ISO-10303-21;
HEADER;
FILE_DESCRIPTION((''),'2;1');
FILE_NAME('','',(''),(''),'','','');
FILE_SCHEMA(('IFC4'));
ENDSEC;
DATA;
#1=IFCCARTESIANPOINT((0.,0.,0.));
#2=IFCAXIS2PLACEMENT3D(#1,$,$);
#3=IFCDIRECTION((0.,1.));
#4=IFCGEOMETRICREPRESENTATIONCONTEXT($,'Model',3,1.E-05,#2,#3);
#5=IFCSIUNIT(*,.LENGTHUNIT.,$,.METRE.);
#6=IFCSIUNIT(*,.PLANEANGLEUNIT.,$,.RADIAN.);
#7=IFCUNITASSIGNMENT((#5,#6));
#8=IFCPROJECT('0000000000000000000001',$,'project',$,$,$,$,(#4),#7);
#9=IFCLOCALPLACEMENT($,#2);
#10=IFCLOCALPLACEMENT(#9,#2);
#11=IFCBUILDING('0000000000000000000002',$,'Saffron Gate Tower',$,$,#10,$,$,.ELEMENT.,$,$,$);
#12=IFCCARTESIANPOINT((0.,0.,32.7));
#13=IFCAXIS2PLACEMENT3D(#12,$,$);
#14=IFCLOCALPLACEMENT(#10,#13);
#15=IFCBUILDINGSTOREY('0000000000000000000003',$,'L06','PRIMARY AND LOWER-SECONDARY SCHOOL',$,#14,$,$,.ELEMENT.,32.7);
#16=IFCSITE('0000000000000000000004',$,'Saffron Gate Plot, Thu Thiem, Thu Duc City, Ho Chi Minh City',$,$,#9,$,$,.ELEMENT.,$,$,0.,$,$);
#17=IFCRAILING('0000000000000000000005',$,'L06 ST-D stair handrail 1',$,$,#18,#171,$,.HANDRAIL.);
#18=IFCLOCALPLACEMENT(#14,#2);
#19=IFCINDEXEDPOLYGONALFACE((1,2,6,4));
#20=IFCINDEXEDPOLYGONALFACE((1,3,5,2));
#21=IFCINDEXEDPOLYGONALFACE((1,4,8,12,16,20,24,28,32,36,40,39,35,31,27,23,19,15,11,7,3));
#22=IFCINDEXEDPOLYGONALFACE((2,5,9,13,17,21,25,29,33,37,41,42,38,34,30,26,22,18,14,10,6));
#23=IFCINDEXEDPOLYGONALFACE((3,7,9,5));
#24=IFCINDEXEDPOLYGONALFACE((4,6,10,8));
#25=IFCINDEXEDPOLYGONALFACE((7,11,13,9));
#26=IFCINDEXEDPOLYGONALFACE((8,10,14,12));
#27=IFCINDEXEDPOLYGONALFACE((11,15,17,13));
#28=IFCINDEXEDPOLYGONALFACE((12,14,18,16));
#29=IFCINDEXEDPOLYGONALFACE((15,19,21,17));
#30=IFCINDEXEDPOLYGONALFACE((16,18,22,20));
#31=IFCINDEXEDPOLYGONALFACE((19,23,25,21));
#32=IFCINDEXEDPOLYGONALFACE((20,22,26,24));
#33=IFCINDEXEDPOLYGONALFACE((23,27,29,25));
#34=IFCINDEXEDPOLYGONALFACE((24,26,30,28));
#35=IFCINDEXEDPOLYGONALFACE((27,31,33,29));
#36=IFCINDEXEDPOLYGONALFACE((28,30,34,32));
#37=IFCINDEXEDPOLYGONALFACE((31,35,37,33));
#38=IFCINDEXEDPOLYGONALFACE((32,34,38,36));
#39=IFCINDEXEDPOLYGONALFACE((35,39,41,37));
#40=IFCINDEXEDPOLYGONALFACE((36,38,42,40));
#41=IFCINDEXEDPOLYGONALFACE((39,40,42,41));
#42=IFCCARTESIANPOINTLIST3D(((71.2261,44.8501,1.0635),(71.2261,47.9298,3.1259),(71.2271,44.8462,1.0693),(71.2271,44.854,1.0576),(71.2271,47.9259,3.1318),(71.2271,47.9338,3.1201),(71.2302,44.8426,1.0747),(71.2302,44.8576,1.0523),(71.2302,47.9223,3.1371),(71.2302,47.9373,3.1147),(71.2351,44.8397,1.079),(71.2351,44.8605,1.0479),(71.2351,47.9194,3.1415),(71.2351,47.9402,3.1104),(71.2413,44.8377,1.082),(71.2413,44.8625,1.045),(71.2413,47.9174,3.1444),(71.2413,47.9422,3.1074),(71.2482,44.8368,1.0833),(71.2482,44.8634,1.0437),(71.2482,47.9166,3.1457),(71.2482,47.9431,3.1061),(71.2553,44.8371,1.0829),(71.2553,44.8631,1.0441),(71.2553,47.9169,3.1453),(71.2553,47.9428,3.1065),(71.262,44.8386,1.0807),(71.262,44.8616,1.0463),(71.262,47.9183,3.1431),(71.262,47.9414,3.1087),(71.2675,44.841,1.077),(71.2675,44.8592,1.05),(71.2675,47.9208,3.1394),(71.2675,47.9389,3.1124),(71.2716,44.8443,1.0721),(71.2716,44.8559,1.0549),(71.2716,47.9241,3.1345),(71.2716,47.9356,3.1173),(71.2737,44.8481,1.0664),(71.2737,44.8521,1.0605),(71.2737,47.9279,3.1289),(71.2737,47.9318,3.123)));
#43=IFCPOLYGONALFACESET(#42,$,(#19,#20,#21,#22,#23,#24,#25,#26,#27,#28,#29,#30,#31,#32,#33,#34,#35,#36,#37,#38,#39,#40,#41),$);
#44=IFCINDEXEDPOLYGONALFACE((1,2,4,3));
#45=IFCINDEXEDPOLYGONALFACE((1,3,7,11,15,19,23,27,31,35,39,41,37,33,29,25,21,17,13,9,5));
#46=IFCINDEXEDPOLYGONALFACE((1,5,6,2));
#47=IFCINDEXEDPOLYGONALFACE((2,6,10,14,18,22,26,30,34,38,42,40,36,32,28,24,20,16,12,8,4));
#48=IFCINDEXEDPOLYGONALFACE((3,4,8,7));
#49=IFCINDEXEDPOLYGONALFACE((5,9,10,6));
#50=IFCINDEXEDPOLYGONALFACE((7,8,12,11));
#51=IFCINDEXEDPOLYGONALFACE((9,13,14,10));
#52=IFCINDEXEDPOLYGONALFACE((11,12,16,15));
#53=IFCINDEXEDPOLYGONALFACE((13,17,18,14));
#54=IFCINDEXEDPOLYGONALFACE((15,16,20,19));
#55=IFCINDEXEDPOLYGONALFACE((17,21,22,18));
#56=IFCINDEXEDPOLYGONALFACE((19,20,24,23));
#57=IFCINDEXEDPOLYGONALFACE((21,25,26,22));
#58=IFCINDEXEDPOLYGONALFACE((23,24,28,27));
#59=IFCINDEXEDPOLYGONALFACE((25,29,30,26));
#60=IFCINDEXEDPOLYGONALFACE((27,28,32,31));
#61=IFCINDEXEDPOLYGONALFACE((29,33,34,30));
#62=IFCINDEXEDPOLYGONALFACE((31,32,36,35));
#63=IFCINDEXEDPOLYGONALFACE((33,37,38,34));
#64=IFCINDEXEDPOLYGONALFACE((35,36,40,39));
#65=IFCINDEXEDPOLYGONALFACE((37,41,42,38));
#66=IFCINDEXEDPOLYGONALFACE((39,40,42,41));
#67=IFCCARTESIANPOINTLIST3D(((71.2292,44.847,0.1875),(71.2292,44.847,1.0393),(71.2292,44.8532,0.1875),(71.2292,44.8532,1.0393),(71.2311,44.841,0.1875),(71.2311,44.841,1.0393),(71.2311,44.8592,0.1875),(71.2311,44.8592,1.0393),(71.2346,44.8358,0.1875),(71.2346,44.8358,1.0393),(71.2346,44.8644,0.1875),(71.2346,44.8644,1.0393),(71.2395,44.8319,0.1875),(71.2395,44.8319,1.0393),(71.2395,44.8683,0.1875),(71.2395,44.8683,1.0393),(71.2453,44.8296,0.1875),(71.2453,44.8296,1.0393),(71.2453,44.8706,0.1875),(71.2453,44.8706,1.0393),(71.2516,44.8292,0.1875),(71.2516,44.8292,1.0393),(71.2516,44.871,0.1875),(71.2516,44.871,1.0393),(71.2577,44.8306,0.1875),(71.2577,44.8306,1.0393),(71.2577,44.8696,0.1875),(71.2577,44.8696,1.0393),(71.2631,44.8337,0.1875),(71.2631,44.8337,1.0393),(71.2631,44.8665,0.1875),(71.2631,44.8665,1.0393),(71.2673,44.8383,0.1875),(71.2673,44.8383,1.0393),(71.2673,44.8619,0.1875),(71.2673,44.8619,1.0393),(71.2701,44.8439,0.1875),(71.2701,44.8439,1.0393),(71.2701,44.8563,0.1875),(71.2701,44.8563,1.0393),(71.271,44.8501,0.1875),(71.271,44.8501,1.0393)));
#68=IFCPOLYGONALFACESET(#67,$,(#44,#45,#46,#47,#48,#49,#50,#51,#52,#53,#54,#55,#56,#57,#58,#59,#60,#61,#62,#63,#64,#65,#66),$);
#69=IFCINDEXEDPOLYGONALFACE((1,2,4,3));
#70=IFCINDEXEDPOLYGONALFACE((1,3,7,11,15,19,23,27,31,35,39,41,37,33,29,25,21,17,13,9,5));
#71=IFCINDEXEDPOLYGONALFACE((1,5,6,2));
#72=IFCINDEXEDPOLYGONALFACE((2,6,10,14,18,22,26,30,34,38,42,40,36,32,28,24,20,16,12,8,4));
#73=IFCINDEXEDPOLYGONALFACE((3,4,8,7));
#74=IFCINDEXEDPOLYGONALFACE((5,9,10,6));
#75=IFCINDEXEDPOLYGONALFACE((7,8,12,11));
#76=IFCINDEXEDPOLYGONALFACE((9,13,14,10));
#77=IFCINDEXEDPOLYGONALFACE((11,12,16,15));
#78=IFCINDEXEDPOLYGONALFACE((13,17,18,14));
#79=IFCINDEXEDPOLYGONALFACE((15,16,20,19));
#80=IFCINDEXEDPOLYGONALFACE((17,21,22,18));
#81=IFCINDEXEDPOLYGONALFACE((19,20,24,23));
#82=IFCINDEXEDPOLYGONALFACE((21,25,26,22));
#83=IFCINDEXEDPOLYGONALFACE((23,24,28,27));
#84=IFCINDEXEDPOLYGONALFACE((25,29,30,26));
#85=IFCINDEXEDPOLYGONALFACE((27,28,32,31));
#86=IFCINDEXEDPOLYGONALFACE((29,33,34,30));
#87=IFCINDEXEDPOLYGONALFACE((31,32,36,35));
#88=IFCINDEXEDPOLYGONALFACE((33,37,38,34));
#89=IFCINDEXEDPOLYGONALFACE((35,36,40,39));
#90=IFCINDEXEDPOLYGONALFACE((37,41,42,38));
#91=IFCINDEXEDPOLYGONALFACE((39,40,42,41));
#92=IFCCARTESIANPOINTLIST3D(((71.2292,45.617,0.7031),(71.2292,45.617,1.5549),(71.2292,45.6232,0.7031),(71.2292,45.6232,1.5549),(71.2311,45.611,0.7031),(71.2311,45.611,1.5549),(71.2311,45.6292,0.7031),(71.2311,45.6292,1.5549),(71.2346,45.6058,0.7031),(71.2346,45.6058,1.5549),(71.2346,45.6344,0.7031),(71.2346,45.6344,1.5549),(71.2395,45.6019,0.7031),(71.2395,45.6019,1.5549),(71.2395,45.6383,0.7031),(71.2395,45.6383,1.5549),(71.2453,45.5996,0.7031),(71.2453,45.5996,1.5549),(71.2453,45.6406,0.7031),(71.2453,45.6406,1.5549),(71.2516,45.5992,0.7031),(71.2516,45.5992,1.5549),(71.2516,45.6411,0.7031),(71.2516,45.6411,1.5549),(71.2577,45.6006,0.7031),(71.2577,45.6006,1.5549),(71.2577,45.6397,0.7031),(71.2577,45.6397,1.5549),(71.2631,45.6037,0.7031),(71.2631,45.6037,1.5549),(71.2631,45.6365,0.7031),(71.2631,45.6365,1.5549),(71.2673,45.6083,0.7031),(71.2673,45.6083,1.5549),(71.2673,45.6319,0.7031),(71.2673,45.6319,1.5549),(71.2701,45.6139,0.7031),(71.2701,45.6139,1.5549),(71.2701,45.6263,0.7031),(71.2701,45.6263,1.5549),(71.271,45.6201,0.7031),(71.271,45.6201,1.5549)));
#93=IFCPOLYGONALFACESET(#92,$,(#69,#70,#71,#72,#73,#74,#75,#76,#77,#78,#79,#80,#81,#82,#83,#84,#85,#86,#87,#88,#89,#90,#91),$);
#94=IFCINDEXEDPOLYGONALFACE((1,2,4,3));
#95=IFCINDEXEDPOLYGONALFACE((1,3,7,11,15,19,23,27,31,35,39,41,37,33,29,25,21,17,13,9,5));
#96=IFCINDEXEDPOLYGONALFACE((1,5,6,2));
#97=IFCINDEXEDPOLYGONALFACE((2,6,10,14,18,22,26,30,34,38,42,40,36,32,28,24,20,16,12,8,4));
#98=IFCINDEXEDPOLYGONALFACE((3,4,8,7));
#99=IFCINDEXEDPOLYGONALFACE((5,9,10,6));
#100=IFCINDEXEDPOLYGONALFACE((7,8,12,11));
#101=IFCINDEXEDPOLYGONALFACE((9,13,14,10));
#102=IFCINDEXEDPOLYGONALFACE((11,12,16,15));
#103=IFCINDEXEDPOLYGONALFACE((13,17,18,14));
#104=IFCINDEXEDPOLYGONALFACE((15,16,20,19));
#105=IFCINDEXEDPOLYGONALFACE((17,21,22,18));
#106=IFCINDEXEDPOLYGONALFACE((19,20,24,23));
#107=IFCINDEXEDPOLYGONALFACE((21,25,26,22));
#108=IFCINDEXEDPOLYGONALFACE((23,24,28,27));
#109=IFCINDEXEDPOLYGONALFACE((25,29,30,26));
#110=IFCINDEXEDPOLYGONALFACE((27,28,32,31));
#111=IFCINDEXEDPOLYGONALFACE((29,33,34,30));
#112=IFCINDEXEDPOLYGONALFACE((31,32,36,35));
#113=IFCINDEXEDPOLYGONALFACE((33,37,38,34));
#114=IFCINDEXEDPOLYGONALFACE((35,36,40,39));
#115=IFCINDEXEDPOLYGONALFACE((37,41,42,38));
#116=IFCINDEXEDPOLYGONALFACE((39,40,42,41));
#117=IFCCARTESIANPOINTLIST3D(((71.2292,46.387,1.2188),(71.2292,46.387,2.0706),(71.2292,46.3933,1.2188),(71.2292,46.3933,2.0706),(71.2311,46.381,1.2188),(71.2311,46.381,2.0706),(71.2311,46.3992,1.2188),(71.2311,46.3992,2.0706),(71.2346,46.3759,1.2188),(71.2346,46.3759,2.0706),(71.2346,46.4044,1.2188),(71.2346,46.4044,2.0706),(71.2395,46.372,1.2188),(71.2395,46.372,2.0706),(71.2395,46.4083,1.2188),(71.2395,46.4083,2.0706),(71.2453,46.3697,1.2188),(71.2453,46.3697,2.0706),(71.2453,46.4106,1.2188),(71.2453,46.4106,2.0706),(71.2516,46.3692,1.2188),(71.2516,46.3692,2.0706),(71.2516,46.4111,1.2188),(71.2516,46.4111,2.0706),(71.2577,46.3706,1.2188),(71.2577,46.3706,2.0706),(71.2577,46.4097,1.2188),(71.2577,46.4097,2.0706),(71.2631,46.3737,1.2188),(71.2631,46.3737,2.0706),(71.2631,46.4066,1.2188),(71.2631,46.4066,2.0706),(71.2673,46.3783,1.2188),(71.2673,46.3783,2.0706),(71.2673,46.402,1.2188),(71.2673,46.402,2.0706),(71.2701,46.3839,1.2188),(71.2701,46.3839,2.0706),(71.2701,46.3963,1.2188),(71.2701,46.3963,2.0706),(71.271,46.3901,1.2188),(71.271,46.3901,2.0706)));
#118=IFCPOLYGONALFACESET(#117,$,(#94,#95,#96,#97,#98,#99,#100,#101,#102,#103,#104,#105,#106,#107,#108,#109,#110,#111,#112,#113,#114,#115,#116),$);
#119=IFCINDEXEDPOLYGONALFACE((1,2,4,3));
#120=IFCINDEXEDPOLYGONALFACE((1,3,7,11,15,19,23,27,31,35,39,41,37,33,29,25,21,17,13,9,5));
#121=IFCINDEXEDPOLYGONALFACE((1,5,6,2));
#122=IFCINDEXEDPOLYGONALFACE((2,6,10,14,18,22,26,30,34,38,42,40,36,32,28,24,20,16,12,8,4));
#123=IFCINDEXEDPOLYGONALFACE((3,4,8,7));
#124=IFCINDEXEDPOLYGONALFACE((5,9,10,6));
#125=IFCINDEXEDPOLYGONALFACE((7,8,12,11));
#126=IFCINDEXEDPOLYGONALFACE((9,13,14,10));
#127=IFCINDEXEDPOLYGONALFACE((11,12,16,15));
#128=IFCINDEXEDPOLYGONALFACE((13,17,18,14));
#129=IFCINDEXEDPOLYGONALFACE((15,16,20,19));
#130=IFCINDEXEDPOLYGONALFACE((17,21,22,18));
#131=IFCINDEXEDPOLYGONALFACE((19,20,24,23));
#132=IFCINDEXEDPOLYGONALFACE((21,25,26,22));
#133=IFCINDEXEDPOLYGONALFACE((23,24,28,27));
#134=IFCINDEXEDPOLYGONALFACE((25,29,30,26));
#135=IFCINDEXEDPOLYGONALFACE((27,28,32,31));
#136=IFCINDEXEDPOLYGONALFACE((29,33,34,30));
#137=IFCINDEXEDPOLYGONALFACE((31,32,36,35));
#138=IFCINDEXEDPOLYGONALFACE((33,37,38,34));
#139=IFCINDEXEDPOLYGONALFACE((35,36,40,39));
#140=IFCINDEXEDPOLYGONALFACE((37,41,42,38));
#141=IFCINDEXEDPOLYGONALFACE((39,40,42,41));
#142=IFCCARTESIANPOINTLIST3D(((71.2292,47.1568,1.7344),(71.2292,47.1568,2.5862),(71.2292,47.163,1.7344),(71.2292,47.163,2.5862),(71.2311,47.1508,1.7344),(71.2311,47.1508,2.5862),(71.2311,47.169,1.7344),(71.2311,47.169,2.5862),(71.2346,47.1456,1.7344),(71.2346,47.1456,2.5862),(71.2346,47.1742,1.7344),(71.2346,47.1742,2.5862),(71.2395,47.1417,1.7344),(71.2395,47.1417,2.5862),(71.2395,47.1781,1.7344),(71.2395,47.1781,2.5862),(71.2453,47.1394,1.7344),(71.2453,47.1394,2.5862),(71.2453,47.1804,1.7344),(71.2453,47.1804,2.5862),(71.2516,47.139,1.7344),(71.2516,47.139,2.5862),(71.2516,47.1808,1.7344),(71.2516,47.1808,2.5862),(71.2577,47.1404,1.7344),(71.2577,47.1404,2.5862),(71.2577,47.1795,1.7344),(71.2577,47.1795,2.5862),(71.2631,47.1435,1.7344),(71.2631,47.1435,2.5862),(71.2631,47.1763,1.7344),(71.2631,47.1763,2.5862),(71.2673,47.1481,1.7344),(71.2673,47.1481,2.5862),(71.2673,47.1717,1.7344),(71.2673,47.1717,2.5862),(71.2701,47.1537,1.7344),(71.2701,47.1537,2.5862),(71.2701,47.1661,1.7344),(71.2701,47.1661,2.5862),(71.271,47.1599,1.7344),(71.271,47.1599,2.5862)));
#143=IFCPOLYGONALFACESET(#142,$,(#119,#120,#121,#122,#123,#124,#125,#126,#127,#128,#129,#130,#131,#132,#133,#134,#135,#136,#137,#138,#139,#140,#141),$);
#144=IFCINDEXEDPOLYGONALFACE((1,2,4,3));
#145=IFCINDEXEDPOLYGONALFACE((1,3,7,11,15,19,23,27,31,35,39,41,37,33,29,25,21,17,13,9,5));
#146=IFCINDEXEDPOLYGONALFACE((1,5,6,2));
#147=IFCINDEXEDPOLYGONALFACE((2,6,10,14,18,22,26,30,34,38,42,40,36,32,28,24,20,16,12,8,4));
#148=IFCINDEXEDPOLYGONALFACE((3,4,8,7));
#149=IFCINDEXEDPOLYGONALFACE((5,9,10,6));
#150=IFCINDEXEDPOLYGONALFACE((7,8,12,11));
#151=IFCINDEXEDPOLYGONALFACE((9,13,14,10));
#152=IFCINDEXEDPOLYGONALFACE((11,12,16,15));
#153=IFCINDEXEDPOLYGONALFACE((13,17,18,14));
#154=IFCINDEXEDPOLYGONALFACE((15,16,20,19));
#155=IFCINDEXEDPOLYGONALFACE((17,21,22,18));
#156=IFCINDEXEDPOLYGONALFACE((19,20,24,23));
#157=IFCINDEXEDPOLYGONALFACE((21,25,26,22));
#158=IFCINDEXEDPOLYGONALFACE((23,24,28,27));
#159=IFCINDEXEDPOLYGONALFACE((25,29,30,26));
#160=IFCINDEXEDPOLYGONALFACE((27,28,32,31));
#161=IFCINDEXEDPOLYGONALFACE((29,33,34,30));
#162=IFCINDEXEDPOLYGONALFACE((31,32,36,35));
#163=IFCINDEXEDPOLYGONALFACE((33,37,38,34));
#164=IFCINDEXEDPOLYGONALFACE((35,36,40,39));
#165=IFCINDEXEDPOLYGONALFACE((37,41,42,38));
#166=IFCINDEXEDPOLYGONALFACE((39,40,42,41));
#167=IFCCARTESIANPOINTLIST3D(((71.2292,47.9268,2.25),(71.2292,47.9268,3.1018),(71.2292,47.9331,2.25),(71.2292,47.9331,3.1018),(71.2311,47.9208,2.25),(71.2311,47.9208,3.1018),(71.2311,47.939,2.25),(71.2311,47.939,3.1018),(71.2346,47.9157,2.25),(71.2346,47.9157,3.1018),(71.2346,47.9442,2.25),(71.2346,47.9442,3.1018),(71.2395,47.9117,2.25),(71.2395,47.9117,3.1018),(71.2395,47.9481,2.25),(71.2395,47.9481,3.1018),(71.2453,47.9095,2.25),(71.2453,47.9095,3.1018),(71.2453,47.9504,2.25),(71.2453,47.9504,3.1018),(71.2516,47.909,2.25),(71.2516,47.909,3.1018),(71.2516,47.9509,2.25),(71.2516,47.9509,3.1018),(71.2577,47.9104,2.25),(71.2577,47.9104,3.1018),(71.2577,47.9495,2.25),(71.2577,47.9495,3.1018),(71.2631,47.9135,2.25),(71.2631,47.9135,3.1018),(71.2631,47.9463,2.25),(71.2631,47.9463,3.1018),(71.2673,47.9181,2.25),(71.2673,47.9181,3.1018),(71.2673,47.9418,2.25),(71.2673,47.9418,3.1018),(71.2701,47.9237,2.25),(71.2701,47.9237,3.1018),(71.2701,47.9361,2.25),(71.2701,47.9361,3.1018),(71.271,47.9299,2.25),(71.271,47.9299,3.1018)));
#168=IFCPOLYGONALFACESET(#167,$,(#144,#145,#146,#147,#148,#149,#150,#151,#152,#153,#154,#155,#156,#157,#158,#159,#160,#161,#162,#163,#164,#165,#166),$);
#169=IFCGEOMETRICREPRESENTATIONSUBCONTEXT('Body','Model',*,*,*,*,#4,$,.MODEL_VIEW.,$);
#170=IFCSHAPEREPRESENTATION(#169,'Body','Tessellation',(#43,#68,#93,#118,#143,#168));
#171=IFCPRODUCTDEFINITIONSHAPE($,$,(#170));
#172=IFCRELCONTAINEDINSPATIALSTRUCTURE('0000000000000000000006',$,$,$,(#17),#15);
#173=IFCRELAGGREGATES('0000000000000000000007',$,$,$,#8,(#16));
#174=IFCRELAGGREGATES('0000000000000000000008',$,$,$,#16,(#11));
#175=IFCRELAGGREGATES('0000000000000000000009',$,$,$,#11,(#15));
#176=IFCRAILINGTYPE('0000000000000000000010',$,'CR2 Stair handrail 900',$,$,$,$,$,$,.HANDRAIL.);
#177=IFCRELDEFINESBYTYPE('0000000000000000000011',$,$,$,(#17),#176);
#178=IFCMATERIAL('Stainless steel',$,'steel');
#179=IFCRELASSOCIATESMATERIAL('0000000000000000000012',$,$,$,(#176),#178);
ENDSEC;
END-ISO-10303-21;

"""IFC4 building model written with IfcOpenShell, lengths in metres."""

from ifc_helpers import new_model, si_unit, direction, frame, origin, origin_2d, place, context, subcontext, project, spatial, circle, extrude, material, type_object, element, save


model = new_model("IFC4")

# Units and contexts
model_context = context("Model", 3, precision=1e-05, world=origin(), true_north=direction((0.0, 1.0)))
body_context = subcontext(model_context, "Body", "Model", "MODEL_VIEW")
ifc_project = project(units=[si_unit("LENGTHUNIT", "METRE"), si_unit("PLANEANGLEUNIT", "RADIAN")], contexts=[model_context])

# Site, building, storey
site_placement = place(None, origin())
site = spatial("IfcSite", under=ifc_project, at=site_placement, Name="Saffron Gate Plot, Thu Thiem, Thu Duc City, Ho Chi Minh City", CompositionType="ELEMENT", RefElevation=0.0)
building_placement = place(site_placement, origin())
building = spatial("IfcBuilding", under=site, at=building_placement, Name="Saffron Gate Tower", CompositionType="ELEMENT")
storey_placement = place(building_placement, frame((0.0, 0.0, 32.7)))
storey = spatial("IfcBuildingStorey", under=building, at=storey_placement, Name="L06", Description="PRIMARY AND LOWER-SECONDARY SCHOOL", CompositionType="ELEMENT", Elevation=32.7)

# Railing
ifc_material_1 = material(Name="Stainless steel", Category="steel")
railing_type_1 = type_object("IfcRailingType", Name="CR2 Stair handrail 900", PredefinedType="HANDRAIL", material=ifc_material_1)
railing_1_placement = place(storey_placement, frame((71.25, 44.8501, 0.1875)))
element("IfcRailing", 1, at=railing_1_placement, inside=storey, type_object=railing_type_1, Name="L06 ST-D stair handrail 1", PredefinedType="HANDRAIL", context=body_context, shape_type="SweptSolid", body=[
    extrude(circle(Radius=0.0239, at=origin_2d()), frame((0.0, 0.0, 0.876), z_axis=(0.0, 0.830893, 0.556432), x_axis=(-1.0, 0.0, 0.0)), (0.0, 0.0, 1.0), 3.7065),
    extrude(circle(Radius=0.021, at=origin_2d()), origin(), (0.0, 0.0, 1.0), 0.8518),
    extrude(circle(Radius=0.021, at=origin_2d()), frame((0.0, 0.77, 0.5156)), (0.0, 0.0, 1.0), 0.8518),
    extrude(circle(Radius=0.021, at=origin_2d()), frame((0.0, 1.54, 1.0312)), (0.0, 0.0, 1.0), 0.8518),
    extrude(circle(Radius=0.021, at=origin_2d()), frame((0.0, 2.3098, 1.5469)), (0.0, 0.0, 1.0), 0.8518),
    extrude(circle(Radius=0.021, at=origin_2d()), frame((0.0, 3.0798, 2.0625)), (0.0, 0.0, 1.0), 0.8518),
])

save(model, "model.ifc")
